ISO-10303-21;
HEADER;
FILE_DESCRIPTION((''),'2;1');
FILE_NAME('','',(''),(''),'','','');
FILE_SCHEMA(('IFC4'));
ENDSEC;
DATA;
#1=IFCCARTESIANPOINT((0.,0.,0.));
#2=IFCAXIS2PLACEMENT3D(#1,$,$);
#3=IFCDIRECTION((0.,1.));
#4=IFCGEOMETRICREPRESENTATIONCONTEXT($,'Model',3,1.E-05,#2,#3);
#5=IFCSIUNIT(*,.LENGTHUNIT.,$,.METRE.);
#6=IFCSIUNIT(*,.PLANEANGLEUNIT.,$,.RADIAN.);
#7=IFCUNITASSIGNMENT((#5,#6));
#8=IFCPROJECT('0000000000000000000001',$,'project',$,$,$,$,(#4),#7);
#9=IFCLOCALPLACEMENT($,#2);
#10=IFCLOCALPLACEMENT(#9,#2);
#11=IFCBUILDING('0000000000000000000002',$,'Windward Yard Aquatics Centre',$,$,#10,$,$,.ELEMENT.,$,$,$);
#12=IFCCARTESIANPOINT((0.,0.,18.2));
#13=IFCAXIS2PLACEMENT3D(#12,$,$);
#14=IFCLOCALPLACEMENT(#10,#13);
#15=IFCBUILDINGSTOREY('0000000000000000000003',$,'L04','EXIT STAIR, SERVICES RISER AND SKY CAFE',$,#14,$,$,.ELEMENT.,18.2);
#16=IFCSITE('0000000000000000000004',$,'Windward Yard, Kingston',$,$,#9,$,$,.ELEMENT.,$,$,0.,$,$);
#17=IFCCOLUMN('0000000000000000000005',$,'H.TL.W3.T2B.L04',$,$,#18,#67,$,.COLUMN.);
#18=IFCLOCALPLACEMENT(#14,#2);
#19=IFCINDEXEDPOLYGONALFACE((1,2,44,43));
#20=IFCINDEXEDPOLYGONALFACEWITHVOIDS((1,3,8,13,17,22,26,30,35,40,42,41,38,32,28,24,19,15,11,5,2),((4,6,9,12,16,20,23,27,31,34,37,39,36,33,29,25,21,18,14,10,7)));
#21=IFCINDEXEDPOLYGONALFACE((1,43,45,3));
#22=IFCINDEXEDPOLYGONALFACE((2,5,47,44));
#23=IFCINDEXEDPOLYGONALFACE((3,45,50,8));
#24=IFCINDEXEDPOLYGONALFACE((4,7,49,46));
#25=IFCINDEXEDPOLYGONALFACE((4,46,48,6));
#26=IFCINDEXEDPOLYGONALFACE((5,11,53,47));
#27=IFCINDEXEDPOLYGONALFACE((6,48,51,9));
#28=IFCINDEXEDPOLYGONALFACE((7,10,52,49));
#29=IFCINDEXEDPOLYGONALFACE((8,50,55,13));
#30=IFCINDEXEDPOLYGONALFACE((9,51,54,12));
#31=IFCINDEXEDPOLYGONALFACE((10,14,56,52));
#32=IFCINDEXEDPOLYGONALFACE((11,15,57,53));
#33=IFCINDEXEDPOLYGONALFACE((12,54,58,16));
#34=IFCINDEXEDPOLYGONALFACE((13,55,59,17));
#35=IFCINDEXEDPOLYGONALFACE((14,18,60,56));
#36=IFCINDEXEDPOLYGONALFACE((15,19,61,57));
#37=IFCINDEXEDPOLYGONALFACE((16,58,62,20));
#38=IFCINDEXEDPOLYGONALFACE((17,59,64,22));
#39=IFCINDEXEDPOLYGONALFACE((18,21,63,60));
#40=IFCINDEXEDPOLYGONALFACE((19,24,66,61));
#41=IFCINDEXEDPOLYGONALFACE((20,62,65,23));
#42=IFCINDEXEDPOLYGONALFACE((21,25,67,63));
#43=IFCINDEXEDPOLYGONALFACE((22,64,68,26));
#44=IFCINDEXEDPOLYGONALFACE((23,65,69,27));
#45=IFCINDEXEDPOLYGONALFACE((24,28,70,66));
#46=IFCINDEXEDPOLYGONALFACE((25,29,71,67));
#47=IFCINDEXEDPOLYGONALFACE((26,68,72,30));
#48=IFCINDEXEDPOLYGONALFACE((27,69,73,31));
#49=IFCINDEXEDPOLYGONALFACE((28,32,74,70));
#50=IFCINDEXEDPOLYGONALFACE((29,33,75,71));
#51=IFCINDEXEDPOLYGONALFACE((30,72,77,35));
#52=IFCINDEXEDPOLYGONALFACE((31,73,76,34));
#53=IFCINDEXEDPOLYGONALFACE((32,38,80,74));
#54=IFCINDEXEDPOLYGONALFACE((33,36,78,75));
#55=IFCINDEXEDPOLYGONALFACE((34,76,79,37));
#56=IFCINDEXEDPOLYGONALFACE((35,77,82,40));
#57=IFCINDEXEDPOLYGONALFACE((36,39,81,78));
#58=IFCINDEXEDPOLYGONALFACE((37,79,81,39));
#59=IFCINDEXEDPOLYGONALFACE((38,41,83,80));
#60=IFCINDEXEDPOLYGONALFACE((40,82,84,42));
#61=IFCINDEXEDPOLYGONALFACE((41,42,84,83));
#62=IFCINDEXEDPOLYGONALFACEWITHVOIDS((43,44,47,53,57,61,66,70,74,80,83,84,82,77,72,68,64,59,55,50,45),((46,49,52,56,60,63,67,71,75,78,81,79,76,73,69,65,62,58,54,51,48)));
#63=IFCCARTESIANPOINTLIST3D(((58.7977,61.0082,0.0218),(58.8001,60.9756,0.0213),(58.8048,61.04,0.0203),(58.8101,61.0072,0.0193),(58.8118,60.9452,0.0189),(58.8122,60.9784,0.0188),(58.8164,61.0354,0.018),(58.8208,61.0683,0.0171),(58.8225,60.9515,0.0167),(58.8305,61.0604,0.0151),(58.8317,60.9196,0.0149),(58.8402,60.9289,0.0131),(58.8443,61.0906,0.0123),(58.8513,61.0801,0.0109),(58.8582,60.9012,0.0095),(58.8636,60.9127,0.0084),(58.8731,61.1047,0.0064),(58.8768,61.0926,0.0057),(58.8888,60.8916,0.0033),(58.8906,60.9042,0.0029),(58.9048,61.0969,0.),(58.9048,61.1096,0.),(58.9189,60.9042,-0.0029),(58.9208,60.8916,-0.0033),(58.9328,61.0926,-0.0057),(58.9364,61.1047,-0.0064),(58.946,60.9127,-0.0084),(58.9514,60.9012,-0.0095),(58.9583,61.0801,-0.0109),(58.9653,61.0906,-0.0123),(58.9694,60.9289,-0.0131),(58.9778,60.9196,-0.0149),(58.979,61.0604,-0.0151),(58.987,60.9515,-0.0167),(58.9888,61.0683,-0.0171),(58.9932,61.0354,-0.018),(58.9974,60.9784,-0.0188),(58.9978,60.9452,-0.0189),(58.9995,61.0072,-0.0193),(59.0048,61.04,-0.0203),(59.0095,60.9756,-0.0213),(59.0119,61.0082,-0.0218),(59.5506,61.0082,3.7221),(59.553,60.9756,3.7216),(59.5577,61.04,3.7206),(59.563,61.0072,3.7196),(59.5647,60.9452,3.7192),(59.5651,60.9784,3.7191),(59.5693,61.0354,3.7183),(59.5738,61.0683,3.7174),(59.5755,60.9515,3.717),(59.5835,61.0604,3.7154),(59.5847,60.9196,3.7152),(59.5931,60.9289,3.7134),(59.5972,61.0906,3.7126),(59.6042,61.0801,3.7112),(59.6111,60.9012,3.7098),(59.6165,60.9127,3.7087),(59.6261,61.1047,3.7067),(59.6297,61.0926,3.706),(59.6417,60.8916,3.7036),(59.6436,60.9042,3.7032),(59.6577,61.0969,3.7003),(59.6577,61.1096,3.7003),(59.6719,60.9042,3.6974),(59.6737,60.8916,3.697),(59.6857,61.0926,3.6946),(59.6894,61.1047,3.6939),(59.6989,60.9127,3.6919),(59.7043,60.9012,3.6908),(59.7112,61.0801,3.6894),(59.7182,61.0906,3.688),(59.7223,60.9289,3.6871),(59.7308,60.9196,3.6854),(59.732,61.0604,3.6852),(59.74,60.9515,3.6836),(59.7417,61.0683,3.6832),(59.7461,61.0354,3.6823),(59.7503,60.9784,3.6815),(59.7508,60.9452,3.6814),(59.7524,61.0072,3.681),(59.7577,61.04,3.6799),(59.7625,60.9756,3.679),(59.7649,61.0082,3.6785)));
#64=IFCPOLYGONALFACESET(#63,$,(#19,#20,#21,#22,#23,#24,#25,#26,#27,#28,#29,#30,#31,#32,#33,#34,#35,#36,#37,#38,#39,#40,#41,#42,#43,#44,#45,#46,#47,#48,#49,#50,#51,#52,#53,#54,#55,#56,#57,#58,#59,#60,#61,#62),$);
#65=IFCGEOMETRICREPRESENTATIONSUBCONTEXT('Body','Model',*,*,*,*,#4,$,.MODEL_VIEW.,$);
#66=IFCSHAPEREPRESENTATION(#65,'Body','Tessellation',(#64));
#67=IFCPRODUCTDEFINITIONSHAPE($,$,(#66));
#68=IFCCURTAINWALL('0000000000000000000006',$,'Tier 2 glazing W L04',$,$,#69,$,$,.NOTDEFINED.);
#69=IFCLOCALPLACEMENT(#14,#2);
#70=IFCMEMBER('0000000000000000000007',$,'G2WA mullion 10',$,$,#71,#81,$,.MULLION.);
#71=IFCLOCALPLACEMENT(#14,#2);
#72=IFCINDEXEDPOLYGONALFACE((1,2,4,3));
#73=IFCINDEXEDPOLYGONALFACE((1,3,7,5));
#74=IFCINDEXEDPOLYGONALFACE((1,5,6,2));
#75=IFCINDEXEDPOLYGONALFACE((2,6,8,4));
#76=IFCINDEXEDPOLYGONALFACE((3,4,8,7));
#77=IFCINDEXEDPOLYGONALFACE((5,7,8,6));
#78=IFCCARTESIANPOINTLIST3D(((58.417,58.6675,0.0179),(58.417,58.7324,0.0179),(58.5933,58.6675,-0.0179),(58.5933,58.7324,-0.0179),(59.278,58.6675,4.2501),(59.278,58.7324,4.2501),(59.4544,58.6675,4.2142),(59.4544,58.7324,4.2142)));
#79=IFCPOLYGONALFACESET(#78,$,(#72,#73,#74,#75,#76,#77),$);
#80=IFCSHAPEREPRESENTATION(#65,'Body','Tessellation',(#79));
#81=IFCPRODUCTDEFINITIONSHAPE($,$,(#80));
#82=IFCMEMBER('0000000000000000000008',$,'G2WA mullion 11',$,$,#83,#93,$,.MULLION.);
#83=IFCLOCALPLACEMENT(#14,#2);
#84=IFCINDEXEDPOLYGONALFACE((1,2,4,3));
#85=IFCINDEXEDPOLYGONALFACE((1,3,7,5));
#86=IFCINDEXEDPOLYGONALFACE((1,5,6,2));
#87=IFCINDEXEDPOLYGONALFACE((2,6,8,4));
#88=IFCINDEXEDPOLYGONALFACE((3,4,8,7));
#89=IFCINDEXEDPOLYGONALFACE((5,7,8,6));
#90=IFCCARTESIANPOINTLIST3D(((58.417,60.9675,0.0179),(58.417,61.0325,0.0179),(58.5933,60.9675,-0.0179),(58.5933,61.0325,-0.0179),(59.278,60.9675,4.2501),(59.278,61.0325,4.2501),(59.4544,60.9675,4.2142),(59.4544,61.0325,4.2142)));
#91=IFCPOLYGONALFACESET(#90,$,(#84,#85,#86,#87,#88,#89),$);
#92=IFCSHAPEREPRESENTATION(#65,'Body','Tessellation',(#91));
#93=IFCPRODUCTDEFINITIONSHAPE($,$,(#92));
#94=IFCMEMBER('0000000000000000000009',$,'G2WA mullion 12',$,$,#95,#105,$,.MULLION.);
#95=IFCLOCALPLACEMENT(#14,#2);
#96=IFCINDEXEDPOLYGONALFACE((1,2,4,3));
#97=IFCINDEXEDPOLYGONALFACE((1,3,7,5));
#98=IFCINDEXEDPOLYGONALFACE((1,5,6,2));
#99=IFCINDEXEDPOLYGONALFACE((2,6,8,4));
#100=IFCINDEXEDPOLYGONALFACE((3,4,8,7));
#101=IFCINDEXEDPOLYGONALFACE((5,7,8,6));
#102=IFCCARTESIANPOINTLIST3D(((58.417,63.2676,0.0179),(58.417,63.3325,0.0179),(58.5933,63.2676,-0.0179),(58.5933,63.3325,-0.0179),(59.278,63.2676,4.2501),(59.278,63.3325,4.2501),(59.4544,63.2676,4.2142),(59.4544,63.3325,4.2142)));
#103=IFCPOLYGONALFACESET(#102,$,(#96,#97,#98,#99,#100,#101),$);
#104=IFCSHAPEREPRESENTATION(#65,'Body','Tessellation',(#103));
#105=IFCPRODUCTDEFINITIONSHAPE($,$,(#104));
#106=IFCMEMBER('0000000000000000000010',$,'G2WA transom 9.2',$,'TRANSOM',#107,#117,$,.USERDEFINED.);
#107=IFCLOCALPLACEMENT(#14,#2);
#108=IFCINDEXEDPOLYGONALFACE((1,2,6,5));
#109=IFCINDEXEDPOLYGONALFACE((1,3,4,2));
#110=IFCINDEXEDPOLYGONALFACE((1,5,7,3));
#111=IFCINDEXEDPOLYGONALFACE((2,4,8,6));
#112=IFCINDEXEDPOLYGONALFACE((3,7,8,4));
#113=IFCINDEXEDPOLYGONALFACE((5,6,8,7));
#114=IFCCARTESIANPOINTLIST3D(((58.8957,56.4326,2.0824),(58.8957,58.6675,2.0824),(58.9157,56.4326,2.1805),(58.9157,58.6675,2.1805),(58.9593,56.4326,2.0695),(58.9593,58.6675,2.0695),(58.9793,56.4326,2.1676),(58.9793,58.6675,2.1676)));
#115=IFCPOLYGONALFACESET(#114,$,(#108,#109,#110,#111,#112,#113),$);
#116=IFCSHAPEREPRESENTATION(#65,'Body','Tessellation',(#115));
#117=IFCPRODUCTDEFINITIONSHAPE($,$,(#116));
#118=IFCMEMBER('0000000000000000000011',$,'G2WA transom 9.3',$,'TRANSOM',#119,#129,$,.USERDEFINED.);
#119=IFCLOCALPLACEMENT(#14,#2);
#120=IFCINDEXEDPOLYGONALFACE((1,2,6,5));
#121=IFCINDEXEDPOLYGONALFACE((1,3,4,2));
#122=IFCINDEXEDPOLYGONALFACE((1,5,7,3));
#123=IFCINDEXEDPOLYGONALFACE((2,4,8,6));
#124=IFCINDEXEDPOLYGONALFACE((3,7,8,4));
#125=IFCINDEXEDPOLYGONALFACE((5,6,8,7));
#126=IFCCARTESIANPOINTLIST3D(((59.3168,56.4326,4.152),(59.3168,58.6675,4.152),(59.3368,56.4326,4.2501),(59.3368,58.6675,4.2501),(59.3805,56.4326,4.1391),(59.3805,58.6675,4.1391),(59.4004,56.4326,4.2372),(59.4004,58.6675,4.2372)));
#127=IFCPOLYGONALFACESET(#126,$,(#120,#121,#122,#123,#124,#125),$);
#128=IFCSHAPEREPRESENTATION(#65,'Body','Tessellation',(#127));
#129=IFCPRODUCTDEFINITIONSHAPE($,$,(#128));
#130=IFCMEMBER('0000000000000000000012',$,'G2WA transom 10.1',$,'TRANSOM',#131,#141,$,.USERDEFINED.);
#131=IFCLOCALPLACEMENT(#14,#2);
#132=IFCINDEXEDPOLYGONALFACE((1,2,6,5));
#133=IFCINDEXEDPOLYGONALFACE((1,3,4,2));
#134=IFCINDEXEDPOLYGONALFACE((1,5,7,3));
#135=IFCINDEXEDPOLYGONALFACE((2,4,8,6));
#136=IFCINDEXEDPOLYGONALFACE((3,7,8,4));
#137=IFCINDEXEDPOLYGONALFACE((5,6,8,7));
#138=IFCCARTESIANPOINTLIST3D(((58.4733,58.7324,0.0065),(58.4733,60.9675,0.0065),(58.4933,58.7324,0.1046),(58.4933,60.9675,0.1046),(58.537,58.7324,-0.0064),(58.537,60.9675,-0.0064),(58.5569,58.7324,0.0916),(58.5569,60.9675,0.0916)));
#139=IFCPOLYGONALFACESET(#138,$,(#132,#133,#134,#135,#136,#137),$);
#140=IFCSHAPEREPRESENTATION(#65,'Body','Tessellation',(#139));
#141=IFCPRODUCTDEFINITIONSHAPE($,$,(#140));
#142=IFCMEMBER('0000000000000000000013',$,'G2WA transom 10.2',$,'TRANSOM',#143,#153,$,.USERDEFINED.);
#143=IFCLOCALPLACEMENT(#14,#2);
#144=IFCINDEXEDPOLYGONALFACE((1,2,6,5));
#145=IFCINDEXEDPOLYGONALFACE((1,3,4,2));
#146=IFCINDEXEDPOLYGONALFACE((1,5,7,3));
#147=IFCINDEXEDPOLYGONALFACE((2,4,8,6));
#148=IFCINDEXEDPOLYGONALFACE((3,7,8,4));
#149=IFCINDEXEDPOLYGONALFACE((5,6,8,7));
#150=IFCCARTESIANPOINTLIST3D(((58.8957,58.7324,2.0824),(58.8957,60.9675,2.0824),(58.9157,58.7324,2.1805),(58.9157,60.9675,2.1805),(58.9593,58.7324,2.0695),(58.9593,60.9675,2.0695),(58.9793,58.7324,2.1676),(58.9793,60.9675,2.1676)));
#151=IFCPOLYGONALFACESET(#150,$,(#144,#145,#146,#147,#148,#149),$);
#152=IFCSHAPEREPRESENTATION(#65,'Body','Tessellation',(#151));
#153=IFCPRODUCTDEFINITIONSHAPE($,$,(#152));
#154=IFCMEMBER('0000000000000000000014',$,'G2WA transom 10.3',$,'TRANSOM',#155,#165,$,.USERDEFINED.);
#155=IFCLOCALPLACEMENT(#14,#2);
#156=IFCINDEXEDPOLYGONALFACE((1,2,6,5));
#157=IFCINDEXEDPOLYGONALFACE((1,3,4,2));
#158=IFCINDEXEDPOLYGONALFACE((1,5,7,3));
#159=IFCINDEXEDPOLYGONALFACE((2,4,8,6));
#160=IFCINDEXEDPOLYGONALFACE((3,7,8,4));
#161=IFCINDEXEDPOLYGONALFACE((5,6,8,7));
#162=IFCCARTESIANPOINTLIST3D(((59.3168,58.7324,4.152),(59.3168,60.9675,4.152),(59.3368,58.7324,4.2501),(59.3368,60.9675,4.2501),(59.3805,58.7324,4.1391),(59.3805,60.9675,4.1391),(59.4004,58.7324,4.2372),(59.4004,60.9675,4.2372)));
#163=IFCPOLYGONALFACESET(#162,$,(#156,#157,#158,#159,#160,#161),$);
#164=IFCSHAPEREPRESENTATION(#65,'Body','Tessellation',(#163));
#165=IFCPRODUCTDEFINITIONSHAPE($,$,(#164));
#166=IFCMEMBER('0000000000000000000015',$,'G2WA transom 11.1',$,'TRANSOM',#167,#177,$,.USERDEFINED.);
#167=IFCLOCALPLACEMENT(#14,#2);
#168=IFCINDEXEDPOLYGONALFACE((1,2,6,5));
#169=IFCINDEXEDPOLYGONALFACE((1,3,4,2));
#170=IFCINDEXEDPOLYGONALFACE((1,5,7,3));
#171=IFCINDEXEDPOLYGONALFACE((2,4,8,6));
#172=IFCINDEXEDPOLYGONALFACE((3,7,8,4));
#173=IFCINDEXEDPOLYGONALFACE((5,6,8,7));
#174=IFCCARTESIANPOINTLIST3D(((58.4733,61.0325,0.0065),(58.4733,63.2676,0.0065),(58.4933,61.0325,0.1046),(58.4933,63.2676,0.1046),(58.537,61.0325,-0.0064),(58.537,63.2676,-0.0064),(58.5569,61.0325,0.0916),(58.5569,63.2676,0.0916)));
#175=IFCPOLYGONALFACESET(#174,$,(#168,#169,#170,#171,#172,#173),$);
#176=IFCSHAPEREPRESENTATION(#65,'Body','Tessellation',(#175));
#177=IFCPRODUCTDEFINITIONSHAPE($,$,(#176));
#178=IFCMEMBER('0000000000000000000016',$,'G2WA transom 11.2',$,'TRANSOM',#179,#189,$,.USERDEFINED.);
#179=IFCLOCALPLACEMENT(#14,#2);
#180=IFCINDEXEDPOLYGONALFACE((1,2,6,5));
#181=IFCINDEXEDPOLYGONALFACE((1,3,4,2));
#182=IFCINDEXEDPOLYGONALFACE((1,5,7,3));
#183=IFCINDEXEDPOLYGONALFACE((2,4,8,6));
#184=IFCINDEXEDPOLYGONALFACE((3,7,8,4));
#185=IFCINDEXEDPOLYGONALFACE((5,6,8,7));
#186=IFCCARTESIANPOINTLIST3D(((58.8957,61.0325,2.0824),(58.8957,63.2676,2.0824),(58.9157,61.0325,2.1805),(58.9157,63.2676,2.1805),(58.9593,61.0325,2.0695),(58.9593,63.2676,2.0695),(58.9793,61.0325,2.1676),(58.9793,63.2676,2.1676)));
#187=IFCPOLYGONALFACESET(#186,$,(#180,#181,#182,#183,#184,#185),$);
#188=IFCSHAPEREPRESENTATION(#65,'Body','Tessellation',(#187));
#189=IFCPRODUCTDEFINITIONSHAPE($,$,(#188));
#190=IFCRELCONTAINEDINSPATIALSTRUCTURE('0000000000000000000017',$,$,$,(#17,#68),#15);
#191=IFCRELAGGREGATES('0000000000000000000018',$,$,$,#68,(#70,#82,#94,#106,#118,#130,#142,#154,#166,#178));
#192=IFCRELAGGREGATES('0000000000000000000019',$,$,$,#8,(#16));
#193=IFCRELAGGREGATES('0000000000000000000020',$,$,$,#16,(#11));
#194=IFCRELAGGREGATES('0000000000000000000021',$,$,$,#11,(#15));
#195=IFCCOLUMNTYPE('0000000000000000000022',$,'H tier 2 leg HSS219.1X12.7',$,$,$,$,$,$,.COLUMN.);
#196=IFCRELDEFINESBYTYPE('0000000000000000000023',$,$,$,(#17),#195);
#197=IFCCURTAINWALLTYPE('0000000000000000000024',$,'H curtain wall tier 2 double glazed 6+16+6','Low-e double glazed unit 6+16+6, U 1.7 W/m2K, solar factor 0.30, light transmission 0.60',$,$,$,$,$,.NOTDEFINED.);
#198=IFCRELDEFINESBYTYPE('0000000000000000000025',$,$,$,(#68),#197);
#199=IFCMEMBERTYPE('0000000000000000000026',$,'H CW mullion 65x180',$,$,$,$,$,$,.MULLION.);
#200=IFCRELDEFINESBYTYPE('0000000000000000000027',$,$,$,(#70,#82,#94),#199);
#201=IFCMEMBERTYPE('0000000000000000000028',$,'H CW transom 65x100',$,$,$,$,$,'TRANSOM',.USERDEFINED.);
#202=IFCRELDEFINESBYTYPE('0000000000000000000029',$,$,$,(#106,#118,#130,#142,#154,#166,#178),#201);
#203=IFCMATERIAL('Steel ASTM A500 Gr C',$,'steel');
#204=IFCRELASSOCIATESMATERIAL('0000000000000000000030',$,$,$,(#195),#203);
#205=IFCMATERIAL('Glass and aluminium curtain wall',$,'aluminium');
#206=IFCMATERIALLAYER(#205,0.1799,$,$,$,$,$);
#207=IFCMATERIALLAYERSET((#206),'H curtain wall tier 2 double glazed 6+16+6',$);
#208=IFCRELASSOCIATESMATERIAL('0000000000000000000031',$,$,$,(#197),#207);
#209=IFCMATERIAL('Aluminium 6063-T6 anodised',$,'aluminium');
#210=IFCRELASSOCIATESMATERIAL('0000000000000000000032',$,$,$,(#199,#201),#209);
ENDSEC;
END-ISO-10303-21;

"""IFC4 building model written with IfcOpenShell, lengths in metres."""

from ifc_helpers import new_model, si_unit, direction, frame, origin, origin_2d, place, context, subcontext, project, spatial, rectangle, hollow_circle, extrude, material, layer, layer_set, material_profile, profile_set, type_object, element, aggregate, save


model = new_model("IFC4")

# Units and contexts
model_context = context("Model", 3, precision=1e-05, world=origin(), true_north=direction((0.0, 1.0)))
body_context = subcontext(model_context, "Body", "Model", "MODEL_VIEW")
ifc_project = project(units=[si_unit("LENGTHUNIT", "METRE"), si_unit("PLANEANGLEUNIT", "RADIAN")], contexts=[model_context])

# Site, building, storey
site_placement = place(None, origin())
site = spatial("IfcSite", under=ifc_project, at=site_placement, Name="Windward Yard, Kingston", CompositionType="ELEMENT", RefElevation=0.0)
building_placement = place(site_placement, origin())
building = spatial("IfcBuilding", under=site, at=building_placement, Name="Windward Yard Aquatics Centre", CompositionType="ELEMENT")
storey_placement = place(building_placement, frame((0.0, 0.0, 18.2)))
storey = spatial("IfcBuildingStorey", under=building, at=storey_placement, Name="L04", Description="EXIT STAIR, SERVICES RISER AND SKY CAFE", CompositionType="ELEMENT", Elevation=18.2)

# Column
ifc_material_1 = material(Name="Steel ASTM A500 Gr C", Category="steel")
ifc_material_profile_1 = material_profile(ifc_material_1, hollow_circle(Radius=0.1096, WallThickness=0.0127, at=origin_2d()), Name="HSS219.1X12.7")
ifc_profile_set_1 = profile_set([ifc_material_profile_1], Name="Steel ASTM A500 Gr C")
column_type = type_object("IfcColumnType", Name="H tier 2 leg HSS219.1X12.7", PredefinedType="COLUMN", material=ifc_profile_set_1)
column_placement = place(storey_placement, frame((58.9048, 61.0, 0.0), z_axis=(0.199398, 0.0, 0.979919), x_axis=(0.0, 1.0, 0.0)))
element("IfcColumn", 1, at=column_placement, inside=storey, type_object=column_type, Name="H.TL.W3.T2B.L04", PredefinedType="COLUMN", context=body_context, shape_type="SweptSolid", body=[
    extrude(hollow_circle(Radius=0.1096, WallThickness=0.0127, at=origin_2d()), origin(), (0.0, 0.0, 1.0), 3.7761),
])

# Curtain wall, members
ifc_material_2 = material(Name="Glass and aluminium curtain wall", Category="aluminium")
ifc_layer_1 = layer(ifc_material_2, 0.1799)
ifc_layer_set_1 = layer_set([ifc_layer_1], Name="H curtain wall tier 2 double glazed 6+16+6")
curtain_wall_type = type_object("IfcCurtainWallType", Name="H curtain wall tier 2 double glazed 6+16+6", Description="Low-e double glazed unit 6+16+6, U 1.7 W/m2K, solar factor 0.30, light transmission 0.60", PredefinedType="NOTDEFINED", material=ifc_layer_set_1)
curtain_wall_placement = place(storey_placement, origin())
curtain_wall = element("IfcCurtainWall", 2, at=curtain_wall_placement, inside=storey, type_object=curtain_wall_type, Name="Tier 2 glazing W L04", PredefinedType="NOTDEFINED")
ifc_material_3 = material(Name="Aluminium 6063-T6 anodised", Category="aluminium")
ifc_material_profile_2 = material_profile(ifc_material_3, rectangle(XDim=0.0649, YDim=0.1799, at=origin_2d()), Name="H CW mullion 65x180")
ifc_profile_set_2 = profile_set([ifc_material_profile_2], Name="Aluminium 6063-T6 anodised")
member_type_1 = type_object("IfcMemberType", Name="H CW mullion 65x180", PredefinedType="MULLION", material=ifc_profile_set_2)
member_1_placement = place(storey_placement, frame((58.5051, 58.7, 0.0), z_axis=(0.199376, 0.0, 0.979923), x_axis=(0.0, 1.0, 0.0)))
member_1 = element("IfcMember", 3, at=member_1_placement, type_object=member_type_1, Name="G2WA mullion 10", PredefinedType="MULLION", context=body_context, shape_type="SweptSolid", body=[
    extrude(rectangle(XDim=0.0649, YDim=0.1799, at=origin_2d()), origin(), (0.0, 0.0, 1.0), 4.3188),
])
member_2_placement = place(storey_placement, frame((58.5051, 61.0, 0.0), z_axis=(0.199376, 0.0, 0.979923), x_axis=(0.0, 1.0, 0.0)))
member_2 = element("IfcMember", 4, at=member_2_placement, type_object=member_type_1, Name="G2WA mullion 11", PredefinedType="MULLION", context=body_context, shape_type="SweptSolid", body=[
    extrude(rectangle(XDim=0.0649, YDim=0.1799, at=origin_2d()), origin(), (0.0, 0.0, 1.0), 4.3188),
])
member_3_placement = place(storey_placement, frame((58.5051, 63.3, 0.0), z_axis=(0.199376, 0.0, 0.979923), x_axis=(0.0, 1.0, 0.0)))
member_3 = element("IfcMember", 5, at=member_3_placement, type_object=member_type_1, Name="G2WA mullion 12", PredefinedType="MULLION", context=body_context, shape_type="SweptSolid", body=[
    extrude(rectangle(XDim=0.0649, YDim=0.1799, at=origin_2d()), origin(), (0.0, 0.0, 1.0), 4.3188),
])
ifc_material_profile_3 = material_profile(ifc_material_3, rectangle(XDim=0.0649, YDim=0.1001, at=origin_2d()), Name="H CW transom 65x100")
ifc_profile_set_3 = profile_set([ifc_material_profile_3], Name="Aluminium 6063-T6 anodised")
member_type_2 = type_object("IfcMemberType", Name="H CW transom 65x100", ElementType="TRANSOM", PredefinedType="USERDEFINED", material=ifc_profile_set_3)
member_4_placement = place(storey_placement, frame((58.9375, 56.4326, 2.125), z_axis=(0.0, 1.0, 0.0), x_axis=(-0.979925, 0.0, 0.199368)))
member_4 = element("IfcMember", 6, at=member_4_placement, type_object=member_type_2, Name="G2WA transom 9.2", ObjectType="TRANSOM", PredefinedType="USERDEFINED", context=body_context, shape_type="SweptSolid", body=[
    extrude(rectangle(XDim=0.0649, YDim=0.1001, at=origin_2d()), origin(), (0.0, 0.0, 1.0), 2.2349),
])
member_5_placement = place(storey_placement, frame((59.3586, 56.4326, 4.1946), z_axis=(0.0, 1.0, 0.0), x_axis=(-0.979925, 0.0, 0.199368)))
member_5 = element("IfcMember", 7, at=member_5_placement, type_object=member_type_2, Name="G2WA transom 9.3", ObjectType="TRANSOM", PredefinedType="USERDEFINED", context=body_context, shape_type="SweptSolid", body=[
    extrude(rectangle(XDim=0.0649, YDim=0.1001, at=origin_2d()), origin(), (0.0, 0.0, 1.0), 2.2349),
])
member_6_placement = place(storey_placement, frame((58.5151, 58.7324, 0.0491), z_axis=(0.0, 1.0, 0.0), x_axis=(-0.979925, 0.0, 0.199368)))
member_6 = element("IfcMember", 8, at=member_6_placement, type_object=member_type_2, Name="G2WA transom 10.1", ObjectType="TRANSOM", PredefinedType="USERDEFINED", context=body_context, shape_type="SweptSolid", body=[
    extrude(rectangle(XDim=0.0649, YDim=0.1001, at=origin_2d()), origin(), (0.0, 0.0, 1.0), 2.2351),
])
member_7_placement = place(storey_placement, frame((58.9375, 58.7324, 2.125), z_axis=(0.0, 1.0, 0.0), x_axis=(-0.979925, 0.0, 0.199368)))
member_7 = element("IfcMember", 9, at=member_7_placement, type_object=member_type_2, Name="G2WA transom 10.2", ObjectType="TRANSOM", PredefinedType="USERDEFINED", context=body_context, shape_type="SweptSolid", body=[
    extrude(rectangle(XDim=0.0649, YDim=0.1001, at=origin_2d()), origin(), (0.0, 0.0, 1.0), 2.2351),
])
member_8_placement = place(storey_placement, frame((59.3586, 58.7324, 4.1946), z_axis=(0.0, 1.0, 0.0), x_axis=(-0.979925, 0.0, 0.199368)))
member_8 = element("IfcMember", 10, at=member_8_placement, type_object=member_type_2, Name="G2WA transom 10.3", ObjectType="TRANSOM", PredefinedType="USERDEFINED", context=body_context, shape_type="SweptSolid", body=[
    extrude(rectangle(XDim=0.0649, YDim=0.1001, at=origin_2d()), origin(), (0.0, 0.0, 1.0), 2.2351),
])
member_9_placement = place(storey_placement, frame((58.5151, 61.0325, 0.0491), z_axis=(0.0, 1.0, 0.0), x_axis=(-0.979925, 0.0, 0.199368)))
member_9 = element("IfcMember", 11, at=member_9_placement, type_object=member_type_2, Name="G2WA transom 11.1", ObjectType="TRANSOM", PredefinedType="USERDEFINED", context=body_context, shape_type="SweptSolid", body=[
    extrude(rectangle(XDim=0.0649, YDim=0.1001, at=origin_2d()), origin(), (0.0, 0.0, 1.0), 2.2351),
])
member_10_placement = place(storey_placement, frame((58.9375, 61.0325, 2.125), z_axis=(0.0, 1.0, 0.0), x_axis=(-0.979925, 0.0, 0.199368)))
member_10 = element("IfcMember", 12, at=member_10_placement, type_object=member_type_2, Name="G2WA transom 11.2", ObjectType="TRANSOM", PredefinedType="USERDEFINED", context=body_context, shape_type="SweptSolid", body=[
    extrude(rectangle(XDim=0.0649, YDim=0.1001, at=origin_2d()), origin(), (0.0, 0.0, 1.0), 2.2351),
])

aggregate(curtain_wall, [member_1, member_2, member_3, member_4, member_5, member_6, member_7, member_8, member_9, member_10])

save(model, "model.ifc")
